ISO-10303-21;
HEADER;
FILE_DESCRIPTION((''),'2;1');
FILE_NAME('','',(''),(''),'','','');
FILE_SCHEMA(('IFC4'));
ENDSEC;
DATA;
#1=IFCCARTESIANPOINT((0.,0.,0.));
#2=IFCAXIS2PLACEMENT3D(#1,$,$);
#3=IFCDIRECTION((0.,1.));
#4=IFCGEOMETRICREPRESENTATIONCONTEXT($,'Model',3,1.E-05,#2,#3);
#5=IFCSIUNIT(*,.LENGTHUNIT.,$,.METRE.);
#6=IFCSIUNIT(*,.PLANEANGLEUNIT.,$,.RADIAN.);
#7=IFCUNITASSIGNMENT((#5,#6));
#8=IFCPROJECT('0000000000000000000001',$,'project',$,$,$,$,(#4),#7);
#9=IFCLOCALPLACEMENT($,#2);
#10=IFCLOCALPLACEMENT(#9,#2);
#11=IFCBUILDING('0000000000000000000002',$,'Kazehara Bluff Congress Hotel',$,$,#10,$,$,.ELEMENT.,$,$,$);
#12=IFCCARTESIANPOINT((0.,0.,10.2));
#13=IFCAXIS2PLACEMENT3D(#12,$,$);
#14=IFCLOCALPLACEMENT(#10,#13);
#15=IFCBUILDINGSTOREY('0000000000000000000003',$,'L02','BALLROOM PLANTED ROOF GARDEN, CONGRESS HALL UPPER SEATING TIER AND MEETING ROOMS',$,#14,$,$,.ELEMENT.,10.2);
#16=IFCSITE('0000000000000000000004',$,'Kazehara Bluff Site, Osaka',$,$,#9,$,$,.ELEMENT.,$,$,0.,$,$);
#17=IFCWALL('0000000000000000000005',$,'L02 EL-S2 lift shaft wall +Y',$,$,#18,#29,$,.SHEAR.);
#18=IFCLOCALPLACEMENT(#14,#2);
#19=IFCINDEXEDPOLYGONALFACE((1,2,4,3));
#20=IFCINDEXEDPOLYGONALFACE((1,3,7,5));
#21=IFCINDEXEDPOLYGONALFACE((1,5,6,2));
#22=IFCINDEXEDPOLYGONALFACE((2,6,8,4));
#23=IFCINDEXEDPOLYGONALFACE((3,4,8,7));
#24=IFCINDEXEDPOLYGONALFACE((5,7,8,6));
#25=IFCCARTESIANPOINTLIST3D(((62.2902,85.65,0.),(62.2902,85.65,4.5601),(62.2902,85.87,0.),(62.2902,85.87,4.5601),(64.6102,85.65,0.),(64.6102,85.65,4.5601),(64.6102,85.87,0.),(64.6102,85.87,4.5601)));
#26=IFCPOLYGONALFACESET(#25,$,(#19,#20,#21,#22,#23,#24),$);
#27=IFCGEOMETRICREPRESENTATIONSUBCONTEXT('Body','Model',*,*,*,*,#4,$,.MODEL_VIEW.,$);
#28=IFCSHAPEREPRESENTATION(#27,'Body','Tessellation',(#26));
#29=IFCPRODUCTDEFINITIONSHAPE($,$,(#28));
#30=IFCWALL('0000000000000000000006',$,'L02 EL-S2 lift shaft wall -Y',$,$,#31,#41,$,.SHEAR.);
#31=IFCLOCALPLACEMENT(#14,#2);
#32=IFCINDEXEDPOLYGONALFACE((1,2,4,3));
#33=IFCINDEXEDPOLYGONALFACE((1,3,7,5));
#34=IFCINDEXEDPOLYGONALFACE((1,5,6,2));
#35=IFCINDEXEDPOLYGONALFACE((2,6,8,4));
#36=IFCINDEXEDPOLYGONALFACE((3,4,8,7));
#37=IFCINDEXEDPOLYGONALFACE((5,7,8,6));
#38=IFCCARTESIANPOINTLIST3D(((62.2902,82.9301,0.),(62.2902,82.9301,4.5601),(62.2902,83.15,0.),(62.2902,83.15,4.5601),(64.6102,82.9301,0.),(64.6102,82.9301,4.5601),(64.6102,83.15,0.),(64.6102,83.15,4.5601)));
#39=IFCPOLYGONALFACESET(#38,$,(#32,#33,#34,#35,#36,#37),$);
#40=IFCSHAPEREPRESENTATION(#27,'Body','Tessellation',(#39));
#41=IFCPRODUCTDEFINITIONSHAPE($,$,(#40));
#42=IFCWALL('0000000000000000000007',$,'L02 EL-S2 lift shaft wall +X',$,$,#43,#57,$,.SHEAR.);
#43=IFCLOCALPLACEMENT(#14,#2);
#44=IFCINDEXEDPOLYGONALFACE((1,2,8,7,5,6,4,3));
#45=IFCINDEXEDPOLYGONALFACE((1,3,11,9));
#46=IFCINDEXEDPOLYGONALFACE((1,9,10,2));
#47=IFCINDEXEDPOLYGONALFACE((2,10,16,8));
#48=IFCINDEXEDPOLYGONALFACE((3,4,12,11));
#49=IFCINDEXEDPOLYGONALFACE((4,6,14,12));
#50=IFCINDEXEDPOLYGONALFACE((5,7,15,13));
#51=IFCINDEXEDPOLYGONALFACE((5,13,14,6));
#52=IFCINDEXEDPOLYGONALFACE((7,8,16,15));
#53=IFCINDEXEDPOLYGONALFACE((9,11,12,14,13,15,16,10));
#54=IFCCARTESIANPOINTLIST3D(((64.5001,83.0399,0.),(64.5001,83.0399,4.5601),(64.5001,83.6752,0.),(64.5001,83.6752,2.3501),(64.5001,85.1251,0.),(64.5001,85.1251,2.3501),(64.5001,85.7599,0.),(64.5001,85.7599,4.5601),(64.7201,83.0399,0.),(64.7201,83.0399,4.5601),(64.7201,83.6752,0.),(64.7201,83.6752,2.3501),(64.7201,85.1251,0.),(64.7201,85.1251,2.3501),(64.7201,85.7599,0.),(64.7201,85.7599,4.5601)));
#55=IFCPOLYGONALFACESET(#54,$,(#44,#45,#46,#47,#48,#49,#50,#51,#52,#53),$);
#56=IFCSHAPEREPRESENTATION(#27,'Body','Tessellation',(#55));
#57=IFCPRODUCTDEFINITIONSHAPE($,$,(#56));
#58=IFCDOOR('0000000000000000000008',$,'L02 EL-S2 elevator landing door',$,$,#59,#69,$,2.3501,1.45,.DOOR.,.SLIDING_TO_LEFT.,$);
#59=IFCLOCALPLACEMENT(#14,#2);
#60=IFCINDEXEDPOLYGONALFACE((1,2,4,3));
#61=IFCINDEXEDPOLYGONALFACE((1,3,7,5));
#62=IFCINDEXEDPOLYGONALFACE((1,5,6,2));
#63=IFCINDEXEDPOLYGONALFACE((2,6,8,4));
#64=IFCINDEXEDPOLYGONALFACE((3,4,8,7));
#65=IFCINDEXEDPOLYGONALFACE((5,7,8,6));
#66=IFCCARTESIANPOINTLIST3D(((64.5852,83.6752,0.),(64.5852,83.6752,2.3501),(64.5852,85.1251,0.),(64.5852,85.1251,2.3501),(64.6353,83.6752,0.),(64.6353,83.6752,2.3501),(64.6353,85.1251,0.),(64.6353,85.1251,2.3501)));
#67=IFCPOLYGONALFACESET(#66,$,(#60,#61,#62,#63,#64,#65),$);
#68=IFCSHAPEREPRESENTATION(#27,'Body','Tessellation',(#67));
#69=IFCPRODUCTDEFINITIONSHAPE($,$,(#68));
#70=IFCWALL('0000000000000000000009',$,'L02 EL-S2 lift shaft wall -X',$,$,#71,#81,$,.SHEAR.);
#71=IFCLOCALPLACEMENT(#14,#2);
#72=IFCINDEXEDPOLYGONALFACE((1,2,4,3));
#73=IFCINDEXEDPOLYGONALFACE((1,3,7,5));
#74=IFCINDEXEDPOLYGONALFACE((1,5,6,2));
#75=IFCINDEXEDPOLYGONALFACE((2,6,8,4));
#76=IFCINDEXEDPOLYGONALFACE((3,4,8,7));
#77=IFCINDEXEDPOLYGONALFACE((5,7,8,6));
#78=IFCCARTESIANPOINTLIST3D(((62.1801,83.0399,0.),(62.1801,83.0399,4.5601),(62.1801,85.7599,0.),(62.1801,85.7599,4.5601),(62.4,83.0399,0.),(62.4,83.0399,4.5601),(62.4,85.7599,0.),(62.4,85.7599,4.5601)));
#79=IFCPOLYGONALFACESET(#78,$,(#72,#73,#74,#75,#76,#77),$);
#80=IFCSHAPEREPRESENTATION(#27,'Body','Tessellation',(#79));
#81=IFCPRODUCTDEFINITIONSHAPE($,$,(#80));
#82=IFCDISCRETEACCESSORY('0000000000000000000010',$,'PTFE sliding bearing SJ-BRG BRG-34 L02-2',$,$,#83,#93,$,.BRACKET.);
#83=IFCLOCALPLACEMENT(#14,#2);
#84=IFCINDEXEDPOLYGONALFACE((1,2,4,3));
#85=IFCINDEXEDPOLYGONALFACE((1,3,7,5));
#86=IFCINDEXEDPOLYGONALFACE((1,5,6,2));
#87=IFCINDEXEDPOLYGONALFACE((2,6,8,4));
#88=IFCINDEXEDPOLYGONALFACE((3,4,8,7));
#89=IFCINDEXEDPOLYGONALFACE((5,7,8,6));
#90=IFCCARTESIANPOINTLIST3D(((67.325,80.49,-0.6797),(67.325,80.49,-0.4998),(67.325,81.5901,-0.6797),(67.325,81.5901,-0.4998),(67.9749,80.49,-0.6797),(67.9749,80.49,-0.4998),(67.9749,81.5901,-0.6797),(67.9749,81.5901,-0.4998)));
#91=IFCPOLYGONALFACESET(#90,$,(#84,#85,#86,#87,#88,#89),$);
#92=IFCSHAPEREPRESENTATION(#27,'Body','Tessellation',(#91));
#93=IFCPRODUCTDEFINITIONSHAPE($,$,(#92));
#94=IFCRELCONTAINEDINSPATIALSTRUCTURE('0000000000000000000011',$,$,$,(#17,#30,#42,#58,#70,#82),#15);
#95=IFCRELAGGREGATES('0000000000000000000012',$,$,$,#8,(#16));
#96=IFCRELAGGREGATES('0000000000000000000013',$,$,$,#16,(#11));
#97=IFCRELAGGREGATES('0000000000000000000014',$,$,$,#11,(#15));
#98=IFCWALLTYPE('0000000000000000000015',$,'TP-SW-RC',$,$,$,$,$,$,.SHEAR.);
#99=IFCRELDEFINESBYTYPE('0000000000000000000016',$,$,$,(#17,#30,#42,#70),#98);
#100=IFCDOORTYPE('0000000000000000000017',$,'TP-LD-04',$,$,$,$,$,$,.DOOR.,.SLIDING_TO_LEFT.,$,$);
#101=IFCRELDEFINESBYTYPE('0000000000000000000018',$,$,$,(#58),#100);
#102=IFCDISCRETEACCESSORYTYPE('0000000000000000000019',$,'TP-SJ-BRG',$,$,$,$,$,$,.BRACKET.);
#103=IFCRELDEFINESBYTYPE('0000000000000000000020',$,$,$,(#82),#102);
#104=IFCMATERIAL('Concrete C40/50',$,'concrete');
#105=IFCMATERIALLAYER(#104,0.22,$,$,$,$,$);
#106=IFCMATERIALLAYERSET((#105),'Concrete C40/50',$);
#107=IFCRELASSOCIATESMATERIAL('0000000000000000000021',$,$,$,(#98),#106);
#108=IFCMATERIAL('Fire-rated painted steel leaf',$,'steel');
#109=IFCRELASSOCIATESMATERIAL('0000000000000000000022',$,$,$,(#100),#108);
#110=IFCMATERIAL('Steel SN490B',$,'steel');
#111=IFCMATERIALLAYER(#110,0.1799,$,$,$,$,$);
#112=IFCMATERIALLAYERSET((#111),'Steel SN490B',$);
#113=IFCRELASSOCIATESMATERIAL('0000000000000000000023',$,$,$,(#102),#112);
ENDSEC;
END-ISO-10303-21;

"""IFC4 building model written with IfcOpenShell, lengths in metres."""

from ifc_helpers import new_model, si_unit, direction, frame, frame_2d, origin, origin_2d, place, context, subcontext, project, spatial, rectangle, extrude, material, layer, layer_set, type_object, element, fill, save


model = new_model("IFC4")

# Units and contexts
model_context = context("Model", 3, precision=1e-05, world=origin(), true_north=direction((0.0, 1.0)))
body_context = subcontext(model_context, "Body", "Model", "MODEL_VIEW")
ifc_project = project(units=[si_unit("LENGTHUNIT", "METRE"), si_unit("PLANEANGLEUNIT", "RADIAN")], contexts=[model_context])

# Site, building, storey
site_placement = place(None, origin())
site = spatial("IfcSite", under=ifc_project, at=site_placement, Name="Kazehara Bluff Site, Osaka", CompositionType="ELEMENT", RefElevation=0.0)
building_placement = place(site_placement, origin())
building = spatial("IfcBuilding", under=site, at=building_placement, Name="Kazehara Bluff Congress Hotel", CompositionType="ELEMENT")
storey_placement = place(building_placement, frame((0.0, 0.0, 10.2)))
storey = spatial("IfcBuildingStorey", under=building, at=storey_placement, Name="L02", Description="BALLROOM PLANTED ROOF GARDEN, CONGRESS HALL UPPER SEATING TIER AND MEETING ROOMS", CompositionType="ELEMENT", Elevation=10.2)

# Walls
ifc_material_1 = material(Name="Concrete C40/50", Category="concrete")
ifc_layer_1 = layer(ifc_material_1, 0.22)
ifc_layer_set_1 = layer_set([ifc_layer_1], Name="Concrete C40/50")
wall_type_1 = type_object("IfcWallType", Name="TP-SW-RC", PredefinedType="SHEAR", material=ifc_layer_set_1)
for number, where, z_axis, x_axis, name in (
    (1, (62.29, 85.76, 0.0), (0.0, 0.0, 1.0), (1.0, 0.0, 0.0), "L02 EL-S2 lift shaft wall +Y"),
    (2, (62.29, 83.04, 0.0), (0.0, 0.0, 1.0), (1.0, 0.0, 0.0), "L02 EL-S2 lift shaft wall -Y"),
):
    element("IfcWall", number, at=place(storey_placement, frame(where, z_axis=z_axis, x_axis=x_axis)), inside=storey, type_object=wall_type_1, Name=name, PredefinedType="SHEAR", context=body_context, shape_type="SweptSolid", body=[
        extrude(rectangle(XDim=2.3201, YDim=0.22, at=frame_2d((1.1602, 0.0))), origin(), (0.0, 0.0, 1.0), 4.5601),
    ])

# Wall, opening, door
wall_1_placement = place(storey_placement, frame((64.6101, 83.04, 0.0), z_axis=(0.0, 0.0, 1.0), x_axis=(0.0, 1.0, 0.0)))
wall_1 = element("IfcWall", 3, at=wall_1_placement, inside=storey, type_object=wall_type_1, Name="L02 EL-S2 lift shaft wall +X", PredefinedType="SHEAR", context=body_context, shape_type="SweptSolid", body=[
    extrude(rectangle(XDim=2.72, YDim=0.22, at=frame_2d((1.3599, 0.0))), origin(), (0.0, 0.0, 1.0), 4.5601),
])
opening_1_placement = place(wall_1_placement, frame((0.635, 0.0, 0.0)))
opening_1 = element("IfcOpeningElement", 4, at=opening_1_placement, cuts=wall_1, PredefinedType="OPENING", context=body_context, shape_type="SweptSolid", body=[
    extrude(rectangle(XDim=1.45, YDim=2.3501, at=frame_2d((0.7251, 1.175))), frame((0.0, 0.1199, 0.0), z_axis=(0.0, -1.0, 0.0), x_axis=(1.0, 0.0, 0.0)), (0.0, 0.0, 1.0), 0.24),
])
ifc_material_2 = material(Name="Fire-rated painted steel leaf", Category="steel")
door_type_1 = type_object("IfcDoorType", Name="TP-LD-04", OperationType="SLIDING_TO_LEFT", PredefinedType="DOOR", material=ifc_material_2)
door_1_placement = place(opening_1_placement, origin())
door_1 = element("IfcDoor", 5, at=door_1_placement, inside=storey, type_object=door_type_1, Name="L02 EL-S2 elevator landing door", OperationType="SLIDING_TO_LEFT", OverallHeight=2.3501, OverallWidth=1.45, PredefinedType="DOOR", context=body_context, shape_type="SweptSolid", body=[
    extrude(rectangle(XDim=1.45, YDim=2.3501, at=frame_2d((0.7251, 1.175))), frame((0.0, 0.0249, 0.0), z_axis=(0.0, -1.0, 0.0), x_axis=(1.0, 0.0, 0.0)), (0.0, 0.0, 1.0), 0.05),
])
fill(opening_1, door_1)

# Wall
wall_2_placement = place(storey_placement, frame((62.29, 83.04, 0.0), z_axis=(0.0, 0.0, 1.0), x_axis=(0.0, 1.0, 0.0)))
element("IfcWall", 6, at=wall_2_placement, inside=storey, type_object=wall_type_1, Name="L02 EL-S2 lift shaft wall -X", PredefinedType="SHEAR", context=body_context, shape_type="SweptSolid", body=[
    extrude(rectangle(XDim=2.72, YDim=0.22, at=frame_2d((1.3599, 0.0))), origin(), (0.0, 0.0, 1.0), 4.5601),
])

# Discrete accessory
ifc_material_3 = material(Name="Steel SN490B", Category="steel")
ifc_layer_2 = layer(ifc_material_3, 0.1799)
ifc_layer_set_2 = layer_set([ifc_layer_2], Name="Steel SN490B")
discrete_accessory_type = type_object("IfcDiscreteAccessoryType", Name="TP-SJ-BRG", PredefinedType="BRACKET", material=ifc_layer_set_2)
discrete_accessory_placement = place(storey_placement, frame((67.6499, 81.04, -0.6797), z_axis=(0.0, 0.0, 1.0), x_axis=(1.0, 0.0, 0.0)))
element("IfcDiscreteAccessory", 7, at=discrete_accessory_placement, inside=storey, type_object=discrete_accessory_type, Name="PTFE sliding bearing SJ-BRG BRG-34 L02-2", PredefinedType="BRACKET", context=body_context, shape_type="SweptSolid", body=[
    extrude(rectangle(XDim=0.6499, YDim=1.1001, at=origin_2d()), origin(), (0.0, 0.0, 1.0), 0.1799),
])

save(model, "model.ifc")
